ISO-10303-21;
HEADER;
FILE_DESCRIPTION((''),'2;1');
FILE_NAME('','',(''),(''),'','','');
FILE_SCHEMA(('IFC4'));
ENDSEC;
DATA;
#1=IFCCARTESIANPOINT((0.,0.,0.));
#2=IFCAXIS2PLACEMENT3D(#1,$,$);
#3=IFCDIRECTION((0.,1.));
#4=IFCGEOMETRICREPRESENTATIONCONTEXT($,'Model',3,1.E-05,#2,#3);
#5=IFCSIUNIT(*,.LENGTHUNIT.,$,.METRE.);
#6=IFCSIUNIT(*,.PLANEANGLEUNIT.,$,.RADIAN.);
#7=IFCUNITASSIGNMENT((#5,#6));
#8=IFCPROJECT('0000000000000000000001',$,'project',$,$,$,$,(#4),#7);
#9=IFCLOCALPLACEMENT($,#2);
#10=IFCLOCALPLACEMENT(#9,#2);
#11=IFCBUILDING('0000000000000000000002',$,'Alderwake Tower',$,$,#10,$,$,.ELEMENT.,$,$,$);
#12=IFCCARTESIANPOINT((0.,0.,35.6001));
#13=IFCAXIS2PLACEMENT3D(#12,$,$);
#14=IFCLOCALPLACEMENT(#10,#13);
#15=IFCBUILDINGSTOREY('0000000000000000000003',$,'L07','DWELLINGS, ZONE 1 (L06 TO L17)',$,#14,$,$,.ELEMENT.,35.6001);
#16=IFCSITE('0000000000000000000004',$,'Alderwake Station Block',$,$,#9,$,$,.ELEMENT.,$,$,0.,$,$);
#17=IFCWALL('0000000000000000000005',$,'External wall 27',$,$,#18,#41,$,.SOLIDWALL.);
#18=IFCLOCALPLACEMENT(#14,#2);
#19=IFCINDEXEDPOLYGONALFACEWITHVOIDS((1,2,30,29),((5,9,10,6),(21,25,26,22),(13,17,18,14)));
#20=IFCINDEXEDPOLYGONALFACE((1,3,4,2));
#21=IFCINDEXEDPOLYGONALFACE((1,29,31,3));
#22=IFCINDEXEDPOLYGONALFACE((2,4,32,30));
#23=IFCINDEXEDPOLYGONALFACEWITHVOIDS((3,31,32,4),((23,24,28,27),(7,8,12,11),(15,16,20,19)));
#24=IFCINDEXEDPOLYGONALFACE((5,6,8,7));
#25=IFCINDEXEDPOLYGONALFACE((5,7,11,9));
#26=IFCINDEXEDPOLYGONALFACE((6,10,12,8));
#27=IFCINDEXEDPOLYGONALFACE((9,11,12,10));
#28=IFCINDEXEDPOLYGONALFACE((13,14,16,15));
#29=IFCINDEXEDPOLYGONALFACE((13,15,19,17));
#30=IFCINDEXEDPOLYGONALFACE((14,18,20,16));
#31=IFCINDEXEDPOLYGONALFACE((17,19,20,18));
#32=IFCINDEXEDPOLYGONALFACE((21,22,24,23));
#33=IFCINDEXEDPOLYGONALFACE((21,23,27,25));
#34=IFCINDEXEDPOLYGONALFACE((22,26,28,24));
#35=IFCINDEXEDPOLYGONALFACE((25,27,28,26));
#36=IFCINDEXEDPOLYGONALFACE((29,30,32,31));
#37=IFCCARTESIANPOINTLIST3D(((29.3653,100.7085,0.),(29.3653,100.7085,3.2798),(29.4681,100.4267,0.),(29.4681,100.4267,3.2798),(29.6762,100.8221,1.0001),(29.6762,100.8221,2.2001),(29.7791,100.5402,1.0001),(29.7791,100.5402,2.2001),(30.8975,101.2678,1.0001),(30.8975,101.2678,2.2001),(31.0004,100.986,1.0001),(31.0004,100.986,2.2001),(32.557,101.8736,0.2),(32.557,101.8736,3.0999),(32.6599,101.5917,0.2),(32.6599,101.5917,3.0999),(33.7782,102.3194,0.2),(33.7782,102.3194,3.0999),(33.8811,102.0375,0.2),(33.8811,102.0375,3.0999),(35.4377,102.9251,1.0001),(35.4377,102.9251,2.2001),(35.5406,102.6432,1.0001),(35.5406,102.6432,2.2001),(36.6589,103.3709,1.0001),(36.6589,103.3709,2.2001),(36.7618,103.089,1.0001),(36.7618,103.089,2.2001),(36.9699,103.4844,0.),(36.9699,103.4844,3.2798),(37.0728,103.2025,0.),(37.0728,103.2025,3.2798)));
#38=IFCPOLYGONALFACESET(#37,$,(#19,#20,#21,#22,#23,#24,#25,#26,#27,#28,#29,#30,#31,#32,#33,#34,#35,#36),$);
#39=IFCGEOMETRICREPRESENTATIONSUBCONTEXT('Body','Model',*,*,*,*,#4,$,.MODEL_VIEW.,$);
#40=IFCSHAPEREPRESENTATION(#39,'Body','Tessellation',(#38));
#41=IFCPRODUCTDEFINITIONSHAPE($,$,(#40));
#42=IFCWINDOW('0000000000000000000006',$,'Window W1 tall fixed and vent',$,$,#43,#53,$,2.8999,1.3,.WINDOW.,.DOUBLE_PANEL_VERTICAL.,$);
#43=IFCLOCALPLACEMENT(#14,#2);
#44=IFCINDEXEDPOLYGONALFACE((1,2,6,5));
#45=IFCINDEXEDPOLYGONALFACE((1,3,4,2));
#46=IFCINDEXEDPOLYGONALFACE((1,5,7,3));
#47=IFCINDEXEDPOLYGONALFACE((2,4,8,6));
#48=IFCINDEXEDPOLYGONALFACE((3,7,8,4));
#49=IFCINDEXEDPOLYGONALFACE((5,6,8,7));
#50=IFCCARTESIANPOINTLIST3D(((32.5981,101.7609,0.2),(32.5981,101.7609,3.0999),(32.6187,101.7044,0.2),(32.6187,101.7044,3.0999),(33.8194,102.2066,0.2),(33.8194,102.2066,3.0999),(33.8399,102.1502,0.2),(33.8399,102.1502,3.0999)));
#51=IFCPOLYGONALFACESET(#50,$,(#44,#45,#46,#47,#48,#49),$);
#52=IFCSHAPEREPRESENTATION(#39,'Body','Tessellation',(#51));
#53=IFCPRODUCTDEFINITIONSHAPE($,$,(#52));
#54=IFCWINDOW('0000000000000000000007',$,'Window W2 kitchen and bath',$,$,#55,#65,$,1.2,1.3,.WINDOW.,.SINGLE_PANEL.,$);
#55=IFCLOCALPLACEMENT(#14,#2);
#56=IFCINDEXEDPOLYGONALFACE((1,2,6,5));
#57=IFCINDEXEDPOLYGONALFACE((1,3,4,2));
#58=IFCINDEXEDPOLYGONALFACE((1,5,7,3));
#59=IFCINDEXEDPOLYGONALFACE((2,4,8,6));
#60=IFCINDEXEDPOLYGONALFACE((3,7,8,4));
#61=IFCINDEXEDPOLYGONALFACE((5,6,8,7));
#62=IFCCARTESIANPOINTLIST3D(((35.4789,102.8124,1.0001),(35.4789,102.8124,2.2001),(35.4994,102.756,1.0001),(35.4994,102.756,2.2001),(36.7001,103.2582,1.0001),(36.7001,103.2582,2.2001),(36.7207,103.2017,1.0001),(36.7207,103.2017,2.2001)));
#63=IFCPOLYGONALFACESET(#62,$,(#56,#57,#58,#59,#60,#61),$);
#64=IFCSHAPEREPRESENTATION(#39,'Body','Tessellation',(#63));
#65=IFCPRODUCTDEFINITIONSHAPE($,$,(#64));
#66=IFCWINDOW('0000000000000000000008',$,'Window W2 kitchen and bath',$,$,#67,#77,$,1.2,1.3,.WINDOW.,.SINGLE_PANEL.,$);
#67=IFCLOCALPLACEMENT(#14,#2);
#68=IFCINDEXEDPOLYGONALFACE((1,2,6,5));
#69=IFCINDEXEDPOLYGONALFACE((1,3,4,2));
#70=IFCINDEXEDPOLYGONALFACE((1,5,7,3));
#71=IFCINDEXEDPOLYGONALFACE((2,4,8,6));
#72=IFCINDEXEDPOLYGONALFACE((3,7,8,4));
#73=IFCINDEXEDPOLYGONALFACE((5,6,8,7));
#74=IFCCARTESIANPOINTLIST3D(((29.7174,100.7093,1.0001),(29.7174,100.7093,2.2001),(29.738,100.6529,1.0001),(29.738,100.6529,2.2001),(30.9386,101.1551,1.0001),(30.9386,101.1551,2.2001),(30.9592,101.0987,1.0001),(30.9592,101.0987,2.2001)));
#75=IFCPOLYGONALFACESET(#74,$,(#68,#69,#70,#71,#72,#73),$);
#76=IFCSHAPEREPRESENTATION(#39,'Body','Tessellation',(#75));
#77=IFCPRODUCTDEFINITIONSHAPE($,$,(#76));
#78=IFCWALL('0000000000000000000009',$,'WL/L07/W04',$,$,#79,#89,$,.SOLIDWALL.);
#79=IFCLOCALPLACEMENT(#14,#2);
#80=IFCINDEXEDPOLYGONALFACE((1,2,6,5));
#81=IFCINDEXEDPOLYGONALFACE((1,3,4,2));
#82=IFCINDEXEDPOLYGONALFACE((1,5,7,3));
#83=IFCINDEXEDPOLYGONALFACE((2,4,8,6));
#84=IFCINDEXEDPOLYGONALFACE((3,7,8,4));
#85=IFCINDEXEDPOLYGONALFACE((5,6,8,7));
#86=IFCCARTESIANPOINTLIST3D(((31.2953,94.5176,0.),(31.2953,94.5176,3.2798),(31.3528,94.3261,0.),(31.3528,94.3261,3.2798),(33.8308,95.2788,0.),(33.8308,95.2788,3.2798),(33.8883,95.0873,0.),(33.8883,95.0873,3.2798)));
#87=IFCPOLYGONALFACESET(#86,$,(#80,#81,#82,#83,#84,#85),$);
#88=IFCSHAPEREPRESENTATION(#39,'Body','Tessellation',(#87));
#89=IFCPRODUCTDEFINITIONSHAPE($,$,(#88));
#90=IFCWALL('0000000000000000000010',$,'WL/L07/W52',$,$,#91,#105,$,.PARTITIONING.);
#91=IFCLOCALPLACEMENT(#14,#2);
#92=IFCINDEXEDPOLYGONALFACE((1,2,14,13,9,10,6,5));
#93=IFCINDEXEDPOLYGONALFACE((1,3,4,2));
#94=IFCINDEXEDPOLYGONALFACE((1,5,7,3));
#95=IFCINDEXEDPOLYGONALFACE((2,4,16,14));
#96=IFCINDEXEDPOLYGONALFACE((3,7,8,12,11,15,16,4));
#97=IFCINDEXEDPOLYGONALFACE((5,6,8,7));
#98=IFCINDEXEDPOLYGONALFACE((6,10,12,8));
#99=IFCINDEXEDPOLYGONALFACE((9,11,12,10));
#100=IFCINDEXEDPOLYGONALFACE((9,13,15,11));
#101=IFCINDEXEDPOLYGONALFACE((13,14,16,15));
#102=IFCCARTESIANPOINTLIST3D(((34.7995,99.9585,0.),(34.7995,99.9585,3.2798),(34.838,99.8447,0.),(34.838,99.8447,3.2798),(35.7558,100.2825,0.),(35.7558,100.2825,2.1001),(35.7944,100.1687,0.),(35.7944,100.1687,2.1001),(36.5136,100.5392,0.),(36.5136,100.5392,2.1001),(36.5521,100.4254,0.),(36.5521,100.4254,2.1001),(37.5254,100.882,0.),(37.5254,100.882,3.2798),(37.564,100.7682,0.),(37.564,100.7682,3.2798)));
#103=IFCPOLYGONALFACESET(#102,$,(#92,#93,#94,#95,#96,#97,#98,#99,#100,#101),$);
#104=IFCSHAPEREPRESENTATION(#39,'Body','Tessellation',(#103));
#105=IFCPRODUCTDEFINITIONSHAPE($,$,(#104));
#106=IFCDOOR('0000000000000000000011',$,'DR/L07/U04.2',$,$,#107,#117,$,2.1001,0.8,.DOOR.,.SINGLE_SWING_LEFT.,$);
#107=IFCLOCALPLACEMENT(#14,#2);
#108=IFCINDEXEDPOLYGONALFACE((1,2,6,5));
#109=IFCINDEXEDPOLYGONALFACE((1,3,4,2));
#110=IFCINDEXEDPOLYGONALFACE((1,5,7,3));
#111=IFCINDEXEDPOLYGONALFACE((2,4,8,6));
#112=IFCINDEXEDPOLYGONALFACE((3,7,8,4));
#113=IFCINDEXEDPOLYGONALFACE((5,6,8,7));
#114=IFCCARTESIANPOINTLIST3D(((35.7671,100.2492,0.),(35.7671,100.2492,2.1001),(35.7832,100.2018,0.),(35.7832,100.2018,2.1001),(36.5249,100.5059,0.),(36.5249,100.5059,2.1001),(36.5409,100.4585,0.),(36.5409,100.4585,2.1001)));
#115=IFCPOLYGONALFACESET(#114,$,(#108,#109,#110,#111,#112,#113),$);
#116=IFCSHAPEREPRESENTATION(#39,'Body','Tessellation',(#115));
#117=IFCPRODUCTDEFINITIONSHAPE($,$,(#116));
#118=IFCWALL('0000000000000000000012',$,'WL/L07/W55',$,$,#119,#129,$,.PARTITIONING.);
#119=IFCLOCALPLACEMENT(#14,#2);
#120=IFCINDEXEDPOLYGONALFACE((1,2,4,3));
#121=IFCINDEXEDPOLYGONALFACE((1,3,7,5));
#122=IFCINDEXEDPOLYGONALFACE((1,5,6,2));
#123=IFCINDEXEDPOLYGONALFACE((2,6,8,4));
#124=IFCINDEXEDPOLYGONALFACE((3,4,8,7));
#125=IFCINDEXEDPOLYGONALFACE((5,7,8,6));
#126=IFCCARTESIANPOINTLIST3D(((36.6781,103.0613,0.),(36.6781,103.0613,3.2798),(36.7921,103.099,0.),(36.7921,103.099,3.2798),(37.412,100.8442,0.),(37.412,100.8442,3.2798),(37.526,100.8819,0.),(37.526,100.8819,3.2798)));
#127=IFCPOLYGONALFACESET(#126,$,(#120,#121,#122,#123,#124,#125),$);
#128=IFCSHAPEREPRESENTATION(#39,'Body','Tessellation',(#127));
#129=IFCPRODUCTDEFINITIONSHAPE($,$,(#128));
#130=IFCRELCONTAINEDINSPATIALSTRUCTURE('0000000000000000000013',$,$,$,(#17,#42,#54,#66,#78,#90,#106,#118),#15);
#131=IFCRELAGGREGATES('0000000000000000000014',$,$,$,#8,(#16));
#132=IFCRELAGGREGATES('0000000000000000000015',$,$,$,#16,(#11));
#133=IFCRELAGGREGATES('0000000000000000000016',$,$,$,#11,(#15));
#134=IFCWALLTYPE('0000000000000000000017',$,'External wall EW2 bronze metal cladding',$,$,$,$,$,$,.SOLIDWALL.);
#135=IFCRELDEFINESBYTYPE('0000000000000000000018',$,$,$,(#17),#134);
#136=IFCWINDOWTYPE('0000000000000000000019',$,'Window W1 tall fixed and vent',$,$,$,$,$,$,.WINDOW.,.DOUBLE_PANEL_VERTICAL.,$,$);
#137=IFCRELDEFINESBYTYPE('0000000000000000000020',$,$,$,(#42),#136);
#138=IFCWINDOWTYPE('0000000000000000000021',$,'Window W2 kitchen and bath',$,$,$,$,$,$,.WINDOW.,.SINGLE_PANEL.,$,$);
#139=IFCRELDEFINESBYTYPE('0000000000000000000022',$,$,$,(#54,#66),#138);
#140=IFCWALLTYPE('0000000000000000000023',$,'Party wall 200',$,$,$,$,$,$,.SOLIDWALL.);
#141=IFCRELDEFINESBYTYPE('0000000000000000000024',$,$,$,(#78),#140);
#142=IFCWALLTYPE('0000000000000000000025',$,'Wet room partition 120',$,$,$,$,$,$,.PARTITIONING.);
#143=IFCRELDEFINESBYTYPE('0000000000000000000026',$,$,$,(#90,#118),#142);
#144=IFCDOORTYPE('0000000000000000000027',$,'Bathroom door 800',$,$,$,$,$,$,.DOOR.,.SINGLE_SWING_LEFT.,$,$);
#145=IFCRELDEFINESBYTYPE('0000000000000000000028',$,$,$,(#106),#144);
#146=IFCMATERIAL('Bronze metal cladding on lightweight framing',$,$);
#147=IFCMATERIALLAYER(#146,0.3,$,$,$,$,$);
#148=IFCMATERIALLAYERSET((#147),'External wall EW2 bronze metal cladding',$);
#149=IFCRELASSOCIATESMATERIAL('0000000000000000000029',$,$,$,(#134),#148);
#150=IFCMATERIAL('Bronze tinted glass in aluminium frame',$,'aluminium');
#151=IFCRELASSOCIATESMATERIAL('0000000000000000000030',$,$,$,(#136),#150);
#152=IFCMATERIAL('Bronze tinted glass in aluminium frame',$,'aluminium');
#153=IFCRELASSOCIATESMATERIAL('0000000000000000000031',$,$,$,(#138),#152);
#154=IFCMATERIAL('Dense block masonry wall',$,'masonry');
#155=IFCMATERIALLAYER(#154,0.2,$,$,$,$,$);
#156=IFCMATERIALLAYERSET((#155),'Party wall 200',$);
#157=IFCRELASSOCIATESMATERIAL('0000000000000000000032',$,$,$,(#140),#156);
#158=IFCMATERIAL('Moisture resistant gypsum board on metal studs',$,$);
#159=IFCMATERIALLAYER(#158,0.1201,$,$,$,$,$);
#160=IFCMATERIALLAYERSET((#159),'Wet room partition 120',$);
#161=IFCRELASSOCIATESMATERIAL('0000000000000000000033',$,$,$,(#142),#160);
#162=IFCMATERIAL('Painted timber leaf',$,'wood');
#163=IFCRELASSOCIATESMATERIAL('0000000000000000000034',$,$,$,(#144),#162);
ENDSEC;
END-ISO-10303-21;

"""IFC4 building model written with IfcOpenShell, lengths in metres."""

from ifc_helpers import new_model, si_unit, direction, frame, frame_2d, origin, place, context, subcontext, project, spatial, rectangle, extrude, material, layer, layer_set, type_object, element, fill, save


model = new_model("IFC4")

# Units and contexts
model_context = context("Model", 3, precision=1e-05, world=origin(), true_north=direction((0.0, 1.0)))
body_context = subcontext(model_context, "Body", "Model", "MODEL_VIEW")
ifc_project = project(units=[si_unit("LENGTHUNIT", "METRE"), si_unit("PLANEANGLEUNIT", "RADIAN")], contexts=[model_context])

# Site, building, storey
site_placement = place(None, origin())
site = spatial("IfcSite", under=ifc_project, at=site_placement, Name="Alderwake Station Block", CompositionType="ELEMENT", RefElevation=0.0)
building_placement = place(site_placement, origin())
building = spatial("IfcBuilding", under=site, at=building_placement, Name="Alderwake Tower", CompositionType="ELEMENT")
storey_placement = place(building_placement, frame((0.0, 0.0, 35.6001)))
storey = spatial("IfcBuildingStorey", under=building, at=storey_placement, Name="L07", Description="DWELLINGS, ZONE 1 (L06 TO L17)", CompositionType="ELEMENT", Elevation=35.6001)

# Wall, openings, windows
ifc_material_1 = material(Name="Bronze metal cladding on lightweight framing")
ifc_layer_1 = layer(ifc_material_1, 0.3)
ifc_layer_set_1 = layer_set([ifc_layer_1], Name="External wall EW2 bronze metal cladding")
wall_type_1 = type_object("IfcWallType", Name="External wall EW2 bronze metal cladding", PredefinedType="SOLIDWALL", material=ifc_layer_set_1)
wall_1_placement = place(storey_placement, frame((37.0215, 103.3435, 0.0), z_axis=(0.0, 0.0, 1.0), x_axis=(-0.939375, -0.342891, 0.0)))
wall_1 = element("IfcWall", 1, at=wall_1_placement, inside=storey, type_object=wall_type_1, Name="External wall 27", PredefinedType="SOLIDWALL", context=body_context, shape_type="SweptSolid", body=[
    extrude(rectangle(XDim=8.0955, YDim=0.3, at=frame_2d((4.0479, 0.0))), origin(), (0.0, 0.0, 1.0), 3.2798),
])
opening_1_placement = place(wall_1_placement, frame((0.3313, 0.0, 1.0)))
opening_1 = element("IfcOpeningElement", 2, at=opening_1_placement, cuts=wall_1, PredefinedType="OPENING", context=body_context, shape_type="SweptSolid", body=[
    extrude(rectangle(XDim=1.3, YDim=1.2, at=frame_2d((0.6499, 0.6001))), frame((0.0, 0.1599, 0.0), z_axis=(0.0, -1.0, 0.0), x_axis=(1.0, 0.0, 0.0)), (0.0, 0.0, 1.0), 0.3201),
])
opening_2_placement = place(wall_1_placement, frame((3.3979, 0.0, 0.2)))
opening_2 = element("IfcOpeningElement", 3, at=opening_2_placement, cuts=wall_1, PredefinedType="OPENING", context=body_context, shape_type="SweptSolid", body=[
    extrude(rectangle(XDim=1.3, YDim=2.8999, at=frame_2d((0.6499, 1.45))), frame((0.0, 0.1599, 0.0), z_axis=(0.0, -1.0, 0.0), x_axis=(1.0, 0.0, 0.0)), (0.0, 0.0, 1.0), 0.3201),
])
opening_3_placement = place(wall_1_placement, frame((6.4646, 0.0, 1.0)))
opening_3 = element("IfcOpeningElement", 4, at=opening_3_placement, cuts=wall_1, PredefinedType="OPENING", context=body_context, shape_type="SweptSolid", body=[
    extrude(rectangle(XDim=1.3, YDim=1.2, at=frame_2d((0.6499, 0.6001))), frame((0.0, 0.1599, 0.0), z_axis=(0.0, -1.0, 0.0), x_axis=(1.0, 0.0, 0.0)), (0.0, 0.0, 1.0), 0.3201),
])
ifc_material_2 = material(Name="Bronze tinted glass in aluminium frame", Category="aluminium")
window_type_1 = type_object("IfcWindowType", Name="Window W1 tall fixed and vent", PartitioningType="DOUBLE_PANEL_VERTICAL", PredefinedType="WINDOW", material=ifc_material_2)
window_1_placement = place(opening_2_placement, origin())
window_1 = element("IfcWindow", 5, at=window_1_placement, inside=storey, type_object=window_type_1, Name="Window W1 tall fixed and vent", OverallHeight=2.8999, OverallWidth=1.3, PartitioningType="DOUBLE_PANEL_VERTICAL", PredefinedType="WINDOW", context=body_context, shape_type="SweptSolid", body=[
    extrude(rectangle(XDim=1.3, YDim=2.8999, at=frame_2d((0.6499, 1.45))), frame((0.0, 0.03, 0.0), z_axis=(0.0, -1.0, 0.0), x_axis=(1.0, 0.0, 0.0)), (0.0, 0.0, 1.0), 0.0601),
])
fill(opening_2, window_1)
ifc_material_3 = material(Name="Bronze tinted glass in aluminium frame", Category="aluminium")
window_type_2 = type_object("IfcWindowType", Name="Window W2 kitchen and bath", PartitioningType="SINGLE_PANEL", PredefinedType="WINDOW", material=ifc_material_3)
window_2_placement = place(opening_1_placement, origin())
window_2 = element("IfcWindow", 6, at=window_2_placement, inside=storey, type_object=window_type_2, Name="Window W2 kitchen and bath", OverallHeight=1.2, OverallWidth=1.3, PartitioningType="SINGLE_PANEL", PredefinedType="WINDOW", context=body_context, shape_type="SweptSolid", body=[
    extrude(rectangle(XDim=1.3, YDim=1.2, at=frame_2d((0.6499, 0.6001))), frame((0.0, 0.03, 0.0), z_axis=(0.0, -1.0, 0.0), x_axis=(1.0, 0.0, 0.0)), (0.0, 0.0, 1.0), 0.0601),
])
fill(opening_1, window_2)
window_3_placement = place(opening_3_placement, origin())
window_3 = element("IfcWindow", 7, at=window_3_placement, inside=storey, type_object=window_type_2, Name="Window W2 kitchen and bath", OverallHeight=1.2, OverallWidth=1.3, PartitioningType="SINGLE_PANEL", PredefinedType="WINDOW", context=body_context, shape_type="SweptSolid", body=[
    extrude(rectangle(XDim=1.3, YDim=1.2, at=frame_2d((0.6499, 0.6001))), frame((0.0, 0.03, 0.0), z_axis=(0.0, -1.0, 0.0), x_axis=(1.0, 0.0, 0.0)), (0.0, 0.0, 1.0), 0.0601),
])
fill(opening_3, window_3)

# Wall
ifc_material_4 = material(Name="Dense block masonry wall", Category="masonry")
ifc_layer_2 = layer(ifc_material_4, 0.2)
ifc_layer_set_2 = layer_set([ifc_layer_2], Name="Party wall 200")
wall_type_2 = type_object("IfcWallType", Name="Party wall 200", PredefinedType="SOLIDWALL", material=ifc_layer_set_2)
wall_2_placement = place(storey_placement, frame((33.8596, 95.1831, 0.0), z_axis=(0.0, 0.0, 1.0), x_axis=(-0.957763, -0.287559, 0.0)))
element("IfcWall", 8, at=wall_2_placement, inside=storey, type_object=wall_type_2, Name="WL/L07/W04", PredefinedType="SOLIDWALL", context=body_context, shape_type="SweptSolid", body=[
    extrude(rectangle(XDim=2.6472, YDim=0.2, at=frame_2d((1.3237, 0.0))), origin(), (0.0, 0.0, 1.0), 3.2798),
])

# Wall, opening, door
ifc_material_5 = material(Name="Moisture resistant gypsum board on metal studs")
ifc_layer_3 = layer(ifc_material_5, 0.1201)
ifc_layer_set_3 = layer_set([ifc_layer_3], Name="Wet room partition 120")
wall_type_3 = type_object("IfcWallType", Name="Wet room partition 120", PredefinedType="PARTITIONING", material=ifc_layer_set_3)
wall_3_placement = place(storey_placement, frame((34.8188, 99.9016, 0.0), z_axis=(0.0, 0.0, 1.0), x_axis=(0.94712, 0.320881, 0.0)))
wall_3 = element("IfcWall", 9, at=wall_3_placement, inside=storey, type_object=wall_type_3, Name="WL/L07/W52", PredefinedType="PARTITIONING", context=body_context, shape_type="SweptSolid", body=[
    extrude(rectangle(XDim=2.8782, YDim=0.1201, at=frame_2d((1.439, 0.0))), origin(), (0.0, 0.0, 1.0), 3.2798),
])
opening_4_placement = place(wall_3_placement, frame((1.0098, 0.0, 0.0)))
opening_4 = element("IfcOpeningElement", 10, at=opening_4_placement, cuts=wall_3, PredefinedType="OPENING", context=body_context, shape_type="SweptSolid", body=[
    extrude(rectangle(XDim=0.8, YDim=2.1001, at=frame_2d((0.3999, 1.05))), frame((0.0, 0.0701, 0.0), z_axis=(0.0, -1.0, 0.0), x_axis=(1.0, 0.0, 0.0)), (0.0, 0.0, 1.0), 0.1401),
])
ifc_material_6 = material(Name="Painted timber leaf", Category="wood")
door_type_1 = type_object("IfcDoorType", Name="Bathroom door 800", OperationType="SINGLE_SWING_LEFT", PredefinedType="DOOR", material=ifc_material_6)
door_1_placement = place(opening_4_placement, origin())
door_1 = element("IfcDoor", 11, at=door_1_placement, inside=storey, type_object=door_type_1, Name="DR/L07/U04.2", OperationType="SINGLE_SWING_LEFT", OverallHeight=2.1001, OverallWidth=0.8, PredefinedType="DOOR", context=body_context, shape_type="SweptSolid", body=[
    extrude(rectangle(XDim=0.8, YDim=2.1001, at=frame_2d((0.3999, 1.05))), frame((0.0, 0.0249, 0.0), z_axis=(0.0, -1.0, 0.0), x_axis=(1.0, 0.0, 0.0)), (0.0, 0.0, 1.0), 0.05),
])
fill(opening_4, door_1)

# Wall
wall_4_placement = place(storey_placement, frame((37.469, 100.863, 0.0), z_axis=(0.0, 0.0, 1.0), x_axis=(-0.314251, 0.94934, 0.0)))
element("IfcWall", 12, at=wall_4_placement, inside=storey, type_object=wall_type_3, Name="WL/L07/W55", PredefinedType="PARTITIONING", context=body_context, shape_type="SweptSolid", body=[
    extrude(rectangle(XDim=2.3354, YDim=0.1201, at=frame_2d((1.1677, 0.0))), origin(), (0.0, 0.0, 1.0), 3.2798),
])

save(model, "model.ifc")
